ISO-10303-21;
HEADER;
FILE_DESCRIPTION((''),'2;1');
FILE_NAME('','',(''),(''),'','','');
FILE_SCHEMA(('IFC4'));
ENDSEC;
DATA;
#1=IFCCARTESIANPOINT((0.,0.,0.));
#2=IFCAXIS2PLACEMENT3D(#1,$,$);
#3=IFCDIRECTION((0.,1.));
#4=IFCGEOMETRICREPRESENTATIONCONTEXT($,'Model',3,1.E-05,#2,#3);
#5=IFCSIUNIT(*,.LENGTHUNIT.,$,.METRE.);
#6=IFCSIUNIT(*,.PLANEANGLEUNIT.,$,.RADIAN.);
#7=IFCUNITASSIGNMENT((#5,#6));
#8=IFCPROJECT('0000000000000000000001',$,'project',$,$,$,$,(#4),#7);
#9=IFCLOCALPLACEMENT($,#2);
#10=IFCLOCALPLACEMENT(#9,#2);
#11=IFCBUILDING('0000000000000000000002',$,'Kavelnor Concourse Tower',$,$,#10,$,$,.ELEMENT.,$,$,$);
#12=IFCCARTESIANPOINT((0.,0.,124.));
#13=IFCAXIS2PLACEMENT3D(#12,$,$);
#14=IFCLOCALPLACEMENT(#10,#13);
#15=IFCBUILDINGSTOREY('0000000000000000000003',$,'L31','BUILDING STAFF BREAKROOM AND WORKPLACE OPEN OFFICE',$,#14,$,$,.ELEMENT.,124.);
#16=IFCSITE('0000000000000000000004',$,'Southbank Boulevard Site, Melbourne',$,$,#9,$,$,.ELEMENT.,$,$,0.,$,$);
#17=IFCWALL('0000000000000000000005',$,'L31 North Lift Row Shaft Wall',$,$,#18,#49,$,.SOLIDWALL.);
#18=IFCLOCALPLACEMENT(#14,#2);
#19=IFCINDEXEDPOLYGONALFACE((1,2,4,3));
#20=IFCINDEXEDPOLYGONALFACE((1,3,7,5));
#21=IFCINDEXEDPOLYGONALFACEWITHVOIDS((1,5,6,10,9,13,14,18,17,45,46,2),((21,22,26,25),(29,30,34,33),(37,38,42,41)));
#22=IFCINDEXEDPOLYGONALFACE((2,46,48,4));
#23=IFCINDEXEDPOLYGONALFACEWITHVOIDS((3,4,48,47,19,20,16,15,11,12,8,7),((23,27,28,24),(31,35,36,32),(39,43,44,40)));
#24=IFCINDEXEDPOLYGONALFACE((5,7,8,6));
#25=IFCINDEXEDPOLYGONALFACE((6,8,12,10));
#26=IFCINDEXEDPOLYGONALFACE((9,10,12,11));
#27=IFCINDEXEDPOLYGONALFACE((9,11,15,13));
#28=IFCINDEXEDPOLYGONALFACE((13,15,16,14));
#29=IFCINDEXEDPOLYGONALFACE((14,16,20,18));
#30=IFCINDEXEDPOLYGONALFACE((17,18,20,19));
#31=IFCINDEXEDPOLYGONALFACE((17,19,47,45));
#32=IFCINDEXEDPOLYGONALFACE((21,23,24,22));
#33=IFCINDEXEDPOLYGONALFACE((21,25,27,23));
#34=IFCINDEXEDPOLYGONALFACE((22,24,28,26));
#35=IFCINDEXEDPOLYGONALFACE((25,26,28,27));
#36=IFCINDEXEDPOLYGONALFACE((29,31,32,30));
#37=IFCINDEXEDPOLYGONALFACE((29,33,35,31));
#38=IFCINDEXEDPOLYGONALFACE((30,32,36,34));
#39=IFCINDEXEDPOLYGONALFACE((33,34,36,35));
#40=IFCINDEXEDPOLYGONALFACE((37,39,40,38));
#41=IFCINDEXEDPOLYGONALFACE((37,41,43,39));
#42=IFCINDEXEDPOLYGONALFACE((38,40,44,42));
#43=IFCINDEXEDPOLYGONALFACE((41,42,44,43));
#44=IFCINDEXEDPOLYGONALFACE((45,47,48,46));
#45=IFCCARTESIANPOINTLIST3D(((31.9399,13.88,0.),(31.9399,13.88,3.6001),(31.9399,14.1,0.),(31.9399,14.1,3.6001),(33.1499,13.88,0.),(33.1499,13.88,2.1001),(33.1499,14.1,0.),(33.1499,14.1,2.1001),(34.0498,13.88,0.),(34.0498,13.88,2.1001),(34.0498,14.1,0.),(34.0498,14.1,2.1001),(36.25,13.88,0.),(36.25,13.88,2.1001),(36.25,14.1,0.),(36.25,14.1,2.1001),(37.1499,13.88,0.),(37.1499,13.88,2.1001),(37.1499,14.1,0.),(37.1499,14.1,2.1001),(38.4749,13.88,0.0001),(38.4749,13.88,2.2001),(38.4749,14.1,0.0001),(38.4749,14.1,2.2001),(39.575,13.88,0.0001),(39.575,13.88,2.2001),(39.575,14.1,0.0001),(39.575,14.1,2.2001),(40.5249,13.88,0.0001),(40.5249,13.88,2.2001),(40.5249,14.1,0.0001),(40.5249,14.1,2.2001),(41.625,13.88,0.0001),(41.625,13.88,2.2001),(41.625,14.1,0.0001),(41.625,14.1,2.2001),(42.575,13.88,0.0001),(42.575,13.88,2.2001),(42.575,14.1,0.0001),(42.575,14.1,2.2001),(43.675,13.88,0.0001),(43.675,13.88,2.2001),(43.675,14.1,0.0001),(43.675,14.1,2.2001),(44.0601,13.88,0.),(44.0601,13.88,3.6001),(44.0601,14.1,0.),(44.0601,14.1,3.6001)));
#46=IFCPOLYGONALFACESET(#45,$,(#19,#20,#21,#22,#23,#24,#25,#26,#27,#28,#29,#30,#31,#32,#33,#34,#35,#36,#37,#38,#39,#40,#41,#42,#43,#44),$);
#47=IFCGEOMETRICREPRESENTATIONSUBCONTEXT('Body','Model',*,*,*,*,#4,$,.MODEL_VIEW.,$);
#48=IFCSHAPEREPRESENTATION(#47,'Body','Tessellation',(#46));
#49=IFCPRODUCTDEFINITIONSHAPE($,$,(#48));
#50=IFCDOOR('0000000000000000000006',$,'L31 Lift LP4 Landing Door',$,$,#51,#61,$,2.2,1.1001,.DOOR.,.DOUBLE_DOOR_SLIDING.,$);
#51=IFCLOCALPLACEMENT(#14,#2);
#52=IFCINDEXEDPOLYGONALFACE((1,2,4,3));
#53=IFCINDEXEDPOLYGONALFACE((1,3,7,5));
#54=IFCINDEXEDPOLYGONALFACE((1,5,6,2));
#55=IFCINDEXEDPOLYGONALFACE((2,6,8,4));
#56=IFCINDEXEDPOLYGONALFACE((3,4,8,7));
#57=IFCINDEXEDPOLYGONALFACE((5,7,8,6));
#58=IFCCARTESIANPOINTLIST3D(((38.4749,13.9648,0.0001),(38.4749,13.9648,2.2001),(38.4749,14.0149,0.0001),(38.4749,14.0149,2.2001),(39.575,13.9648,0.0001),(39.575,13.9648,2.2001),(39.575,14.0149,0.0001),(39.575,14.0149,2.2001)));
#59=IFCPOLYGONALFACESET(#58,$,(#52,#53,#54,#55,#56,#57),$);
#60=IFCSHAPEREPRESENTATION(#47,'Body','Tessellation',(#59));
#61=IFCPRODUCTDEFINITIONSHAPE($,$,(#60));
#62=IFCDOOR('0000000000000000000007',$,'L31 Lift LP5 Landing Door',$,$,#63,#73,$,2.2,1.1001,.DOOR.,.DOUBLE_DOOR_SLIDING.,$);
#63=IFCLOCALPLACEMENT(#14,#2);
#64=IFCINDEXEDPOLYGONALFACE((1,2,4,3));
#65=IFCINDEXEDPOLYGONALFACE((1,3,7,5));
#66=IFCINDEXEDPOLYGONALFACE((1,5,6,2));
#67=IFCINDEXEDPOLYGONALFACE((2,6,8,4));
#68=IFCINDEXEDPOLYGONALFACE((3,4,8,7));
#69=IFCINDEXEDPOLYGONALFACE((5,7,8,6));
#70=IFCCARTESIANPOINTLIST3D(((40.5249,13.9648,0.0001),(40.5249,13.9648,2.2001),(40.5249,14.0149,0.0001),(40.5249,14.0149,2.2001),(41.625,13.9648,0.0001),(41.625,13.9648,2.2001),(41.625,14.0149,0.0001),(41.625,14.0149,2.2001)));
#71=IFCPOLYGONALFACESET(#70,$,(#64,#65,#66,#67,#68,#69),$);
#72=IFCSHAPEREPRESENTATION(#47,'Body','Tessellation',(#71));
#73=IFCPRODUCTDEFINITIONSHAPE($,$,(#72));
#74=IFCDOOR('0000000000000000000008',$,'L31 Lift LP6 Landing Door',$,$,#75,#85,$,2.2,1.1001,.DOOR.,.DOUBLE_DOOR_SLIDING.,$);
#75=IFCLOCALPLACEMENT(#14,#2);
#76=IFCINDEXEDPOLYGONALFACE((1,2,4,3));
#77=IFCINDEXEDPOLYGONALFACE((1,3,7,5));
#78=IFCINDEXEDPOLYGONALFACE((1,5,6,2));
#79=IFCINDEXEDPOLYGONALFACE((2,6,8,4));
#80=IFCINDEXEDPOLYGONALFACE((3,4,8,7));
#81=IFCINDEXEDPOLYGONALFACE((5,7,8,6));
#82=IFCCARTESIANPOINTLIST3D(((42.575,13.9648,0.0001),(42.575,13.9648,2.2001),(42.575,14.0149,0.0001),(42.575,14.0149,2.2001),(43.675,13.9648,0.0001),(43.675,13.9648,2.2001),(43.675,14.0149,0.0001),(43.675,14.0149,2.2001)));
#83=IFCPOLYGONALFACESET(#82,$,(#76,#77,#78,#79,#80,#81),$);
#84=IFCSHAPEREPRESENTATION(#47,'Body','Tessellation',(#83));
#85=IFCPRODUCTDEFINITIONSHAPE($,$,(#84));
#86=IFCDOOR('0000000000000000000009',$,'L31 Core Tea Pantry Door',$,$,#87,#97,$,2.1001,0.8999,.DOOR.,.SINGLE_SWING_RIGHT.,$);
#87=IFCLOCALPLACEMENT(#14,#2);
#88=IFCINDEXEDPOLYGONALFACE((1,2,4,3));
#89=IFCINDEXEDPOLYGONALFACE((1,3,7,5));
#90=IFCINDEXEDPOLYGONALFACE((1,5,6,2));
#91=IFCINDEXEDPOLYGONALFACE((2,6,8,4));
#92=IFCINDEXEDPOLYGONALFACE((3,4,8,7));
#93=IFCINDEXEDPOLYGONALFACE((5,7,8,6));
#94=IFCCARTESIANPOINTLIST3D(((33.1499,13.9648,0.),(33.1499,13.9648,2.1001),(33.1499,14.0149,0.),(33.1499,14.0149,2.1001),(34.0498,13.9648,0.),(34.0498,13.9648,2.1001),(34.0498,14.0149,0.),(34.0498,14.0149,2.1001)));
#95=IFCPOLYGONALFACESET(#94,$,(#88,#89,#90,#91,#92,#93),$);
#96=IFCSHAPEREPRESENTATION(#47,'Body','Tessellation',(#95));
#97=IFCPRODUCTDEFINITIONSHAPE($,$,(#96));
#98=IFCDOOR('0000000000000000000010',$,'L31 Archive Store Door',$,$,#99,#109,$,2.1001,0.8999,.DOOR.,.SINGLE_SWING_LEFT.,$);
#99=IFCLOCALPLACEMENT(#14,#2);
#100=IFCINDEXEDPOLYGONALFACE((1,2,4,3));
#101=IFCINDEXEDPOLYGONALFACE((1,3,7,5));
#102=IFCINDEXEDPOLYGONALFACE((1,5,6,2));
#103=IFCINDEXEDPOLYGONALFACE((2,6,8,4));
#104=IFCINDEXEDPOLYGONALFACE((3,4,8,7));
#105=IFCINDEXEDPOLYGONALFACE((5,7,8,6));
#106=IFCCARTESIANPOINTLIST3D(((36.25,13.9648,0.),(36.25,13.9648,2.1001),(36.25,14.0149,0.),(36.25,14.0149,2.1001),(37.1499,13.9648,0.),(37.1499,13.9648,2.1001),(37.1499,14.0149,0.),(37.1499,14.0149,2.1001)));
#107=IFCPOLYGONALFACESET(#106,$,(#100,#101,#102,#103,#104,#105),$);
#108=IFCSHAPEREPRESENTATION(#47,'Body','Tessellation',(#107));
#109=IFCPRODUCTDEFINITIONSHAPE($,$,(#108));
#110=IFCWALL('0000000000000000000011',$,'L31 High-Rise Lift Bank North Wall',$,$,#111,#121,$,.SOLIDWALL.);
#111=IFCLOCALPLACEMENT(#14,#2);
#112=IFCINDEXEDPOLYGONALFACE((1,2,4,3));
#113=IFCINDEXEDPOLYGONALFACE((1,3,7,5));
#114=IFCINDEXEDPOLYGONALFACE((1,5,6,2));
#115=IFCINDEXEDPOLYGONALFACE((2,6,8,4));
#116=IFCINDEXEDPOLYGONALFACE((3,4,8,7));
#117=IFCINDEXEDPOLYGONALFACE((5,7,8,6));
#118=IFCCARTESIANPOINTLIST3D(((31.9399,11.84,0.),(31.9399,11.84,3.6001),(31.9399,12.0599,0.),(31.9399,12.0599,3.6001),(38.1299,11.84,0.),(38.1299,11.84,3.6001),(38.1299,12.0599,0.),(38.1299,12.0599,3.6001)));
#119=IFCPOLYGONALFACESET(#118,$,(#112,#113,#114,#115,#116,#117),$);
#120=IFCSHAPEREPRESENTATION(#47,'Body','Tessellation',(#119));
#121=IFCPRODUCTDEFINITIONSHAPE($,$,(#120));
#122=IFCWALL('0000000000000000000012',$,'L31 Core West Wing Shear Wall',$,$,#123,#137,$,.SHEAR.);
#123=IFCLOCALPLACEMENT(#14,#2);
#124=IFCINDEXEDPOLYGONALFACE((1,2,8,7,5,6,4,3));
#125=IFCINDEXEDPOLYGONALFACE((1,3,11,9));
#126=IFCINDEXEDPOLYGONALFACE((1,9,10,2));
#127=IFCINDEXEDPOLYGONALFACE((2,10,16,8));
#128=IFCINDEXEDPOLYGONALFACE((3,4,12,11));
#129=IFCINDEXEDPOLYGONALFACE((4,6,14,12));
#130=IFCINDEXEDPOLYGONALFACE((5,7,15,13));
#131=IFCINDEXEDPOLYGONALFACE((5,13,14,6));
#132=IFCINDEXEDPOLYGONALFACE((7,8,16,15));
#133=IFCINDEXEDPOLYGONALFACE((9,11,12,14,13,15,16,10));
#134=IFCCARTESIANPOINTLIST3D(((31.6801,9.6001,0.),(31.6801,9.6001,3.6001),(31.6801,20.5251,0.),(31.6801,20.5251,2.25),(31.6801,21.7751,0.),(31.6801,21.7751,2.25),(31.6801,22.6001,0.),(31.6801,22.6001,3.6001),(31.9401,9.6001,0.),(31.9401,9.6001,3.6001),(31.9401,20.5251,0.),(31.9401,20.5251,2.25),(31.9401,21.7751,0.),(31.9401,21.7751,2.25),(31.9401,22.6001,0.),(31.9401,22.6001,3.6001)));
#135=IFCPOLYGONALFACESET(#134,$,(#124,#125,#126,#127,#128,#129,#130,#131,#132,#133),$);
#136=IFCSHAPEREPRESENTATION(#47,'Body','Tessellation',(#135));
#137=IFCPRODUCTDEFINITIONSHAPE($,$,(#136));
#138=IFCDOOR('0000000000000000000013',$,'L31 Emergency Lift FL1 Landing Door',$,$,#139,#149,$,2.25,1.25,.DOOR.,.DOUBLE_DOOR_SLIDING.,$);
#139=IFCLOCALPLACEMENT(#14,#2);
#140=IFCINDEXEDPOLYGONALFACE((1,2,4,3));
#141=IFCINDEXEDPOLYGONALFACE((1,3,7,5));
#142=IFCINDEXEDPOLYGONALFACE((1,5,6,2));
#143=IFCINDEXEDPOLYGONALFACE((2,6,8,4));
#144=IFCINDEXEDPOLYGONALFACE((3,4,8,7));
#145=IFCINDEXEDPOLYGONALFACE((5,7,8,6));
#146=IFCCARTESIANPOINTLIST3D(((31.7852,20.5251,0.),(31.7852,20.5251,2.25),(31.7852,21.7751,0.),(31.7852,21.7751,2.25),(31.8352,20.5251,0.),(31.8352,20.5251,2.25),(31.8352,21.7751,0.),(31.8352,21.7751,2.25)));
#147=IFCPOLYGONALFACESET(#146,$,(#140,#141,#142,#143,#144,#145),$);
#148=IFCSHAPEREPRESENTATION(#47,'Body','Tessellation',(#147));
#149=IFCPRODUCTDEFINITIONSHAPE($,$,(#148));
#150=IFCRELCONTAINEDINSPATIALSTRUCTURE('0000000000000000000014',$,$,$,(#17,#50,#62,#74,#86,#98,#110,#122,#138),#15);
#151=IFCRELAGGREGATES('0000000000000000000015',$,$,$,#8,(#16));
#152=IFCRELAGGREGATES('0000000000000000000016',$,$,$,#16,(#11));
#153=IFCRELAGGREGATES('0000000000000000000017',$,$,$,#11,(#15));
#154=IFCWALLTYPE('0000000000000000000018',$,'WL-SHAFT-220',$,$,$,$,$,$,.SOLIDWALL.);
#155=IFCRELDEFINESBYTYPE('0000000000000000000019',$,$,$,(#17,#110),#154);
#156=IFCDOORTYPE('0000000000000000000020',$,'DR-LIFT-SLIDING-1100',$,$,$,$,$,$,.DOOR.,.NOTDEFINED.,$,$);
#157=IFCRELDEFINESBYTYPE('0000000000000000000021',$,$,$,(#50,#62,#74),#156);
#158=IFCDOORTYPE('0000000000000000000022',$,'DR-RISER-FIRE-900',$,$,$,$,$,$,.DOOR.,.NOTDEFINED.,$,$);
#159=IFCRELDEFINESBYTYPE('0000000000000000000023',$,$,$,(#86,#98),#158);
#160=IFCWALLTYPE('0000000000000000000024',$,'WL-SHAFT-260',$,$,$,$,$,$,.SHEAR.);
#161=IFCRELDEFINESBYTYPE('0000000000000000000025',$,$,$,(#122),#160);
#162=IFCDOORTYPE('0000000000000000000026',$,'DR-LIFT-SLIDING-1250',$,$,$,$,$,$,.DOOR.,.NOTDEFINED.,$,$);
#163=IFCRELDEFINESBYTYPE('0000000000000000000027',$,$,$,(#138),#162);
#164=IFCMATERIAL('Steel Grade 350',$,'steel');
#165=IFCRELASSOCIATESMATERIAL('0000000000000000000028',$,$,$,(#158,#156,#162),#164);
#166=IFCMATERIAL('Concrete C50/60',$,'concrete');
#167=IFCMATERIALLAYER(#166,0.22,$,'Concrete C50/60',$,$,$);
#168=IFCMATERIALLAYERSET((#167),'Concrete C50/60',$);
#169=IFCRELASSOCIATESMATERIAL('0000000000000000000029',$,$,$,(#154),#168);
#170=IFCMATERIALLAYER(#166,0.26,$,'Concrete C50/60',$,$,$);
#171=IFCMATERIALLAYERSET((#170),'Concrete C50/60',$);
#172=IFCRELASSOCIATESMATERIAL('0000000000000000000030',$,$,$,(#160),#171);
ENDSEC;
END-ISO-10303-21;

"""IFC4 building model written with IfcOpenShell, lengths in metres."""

from ifc_helpers import new_model, si_unit, direction, frame, frame_2d, origin, place, context, subcontext, project, spatial, rectangle, extrude, material, layer, layer_set, type_object, element, fill, save


model = new_model("IFC4")

# Units and contexts
model_context = context("Model", 3, precision=1e-05, world=origin(), true_north=direction((0.0, 1.0)))
body_context = subcontext(model_context, "Body", "Model", "MODEL_VIEW")
ifc_project = project(units=[si_unit("LENGTHUNIT", "METRE"), si_unit("PLANEANGLEUNIT", "RADIAN")], contexts=[model_context])

# Site, building, storey
site_placement = place(None, origin())
site = spatial("IfcSite", under=ifc_project, at=site_placement, Name="Southbank Boulevard Site, Melbourne", CompositionType="ELEMENT", RefElevation=0.0)
building_placement = place(site_placement, origin())
building = spatial("IfcBuilding", under=site, at=building_placement, Name="Kavelnor Concourse Tower", CompositionType="ELEMENT")
storey_placement = place(building_placement, frame((0.0, 0.0, 124.0)))
storey = spatial("IfcBuildingStorey", under=building, at=storey_placement, Name="L31", Description="BUILDING STAFF BREAKROOM AND WORKPLACE OPEN OFFICE", CompositionType="ELEMENT", Elevation=124.0)

# Shared definitions
ifc_material_1 = material(Name="Steel Grade 350", Category="steel")

# Shared definitions
door_type_1 = type_object("IfcDoorType", Name="DR-RISER-FIRE-900", OperationType="NOTDEFINED", PredefinedType="DOOR", material=ifc_material_1)

# Wall, openings, doors
ifc_material_2 = material(Name="Concrete C50/60", Category="concrete")
ifc_layer_1 = layer(ifc_material_2, 0.22, Name="Concrete C50/60")
ifc_layer_set_1 = layer_set([ifc_layer_1], Name="Concrete C50/60")
wall_type_1 = type_object("IfcWallType", Name="WL-SHAFT-220", PredefinedType="SOLIDWALL", material=ifc_layer_set_1)
wall_1_placement = place(storey_placement, frame((31.9399, 13.99, 0.0), z_axis=(0.0, 0.0, 1.0), x_axis=(1.0, 0.0, 0.0)))
wall_1 = element("IfcWall", 1, at=wall_1_placement, inside=storey, type_object=wall_type_1, Name="L31 North Lift Row Shaft Wall", PredefinedType="SOLIDWALL", context=body_context, shape_type="SweptSolid", body=[
    extrude(rectangle(XDim=12.1201, YDim=0.22, at=frame_2d((6.0601, 0.0))), origin(), (0.0, 0.0, 1.0), 3.6001),
])
opening_1_placement = place(wall_1_placement, frame((1.21, 0.0, 0.0)))
opening_1 = element("IfcOpeningElement", 2, at=opening_1_placement, cuts=wall_1, PredefinedType="OPENING", context=body_context, shape_type="SweptSolid", body=[
    extrude(rectangle(XDim=0.8999, YDim=2.1001, at=frame_2d((0.45, 1.05))), frame((0.0, 0.1201, 0.0), z_axis=(0.0, -1.0, 0.0), x_axis=(1.0, 0.0, 0.0)), (0.0, 0.0, 1.0), 0.24),
])
opening_2_placement = place(wall_1_placement, frame((4.3101, 0.0, 0.0)))
opening_2 = element("IfcOpeningElement", 3, at=opening_2_placement, cuts=wall_1, PredefinedType="OPENING", context=body_context, shape_type="SweptSolid", body=[
    extrude(rectangle(XDim=0.8999, YDim=2.1001, at=frame_2d((0.45, 1.05))), frame((0.0, 0.1201, 0.0), z_axis=(0.0, -1.0, 0.0), x_axis=(1.0, 0.0, 0.0)), (0.0, 0.0, 1.0), 0.24),
])
opening_3_placement = place(wall_1_placement, frame((6.5349, 0.0, 0.0)))
opening_3 = element("IfcOpeningElement", 4, at=opening_3_placement, cuts=wall_1, PredefinedType="OPENING", context=body_context, shape_type="SweptSolid", body=[
    extrude(rectangle(XDim=1.1001, YDim=2.2, at=frame_2d((0.55, 1.1001))), frame((0.0, 0.1201, 0.0), z_axis=(0.0, -1.0, 0.0), x_axis=(1.0, 0.0, 0.0)), (0.0, 0.0, 1.0), 0.24),
])
opening_4_placement = place(wall_1_placement, frame((8.585, 0.0, 0.0)))
opening_4 = element("IfcOpeningElement", 5, at=opening_4_placement, cuts=wall_1, PredefinedType="OPENING", context=body_context, shape_type="SweptSolid", body=[
    extrude(rectangle(XDim=1.1001, YDim=2.2, at=frame_2d((0.55, 1.1001))), frame((0.0, 0.1201, 0.0), z_axis=(0.0, -1.0, 0.0), x_axis=(1.0, 0.0, 0.0)), (0.0, 0.0, 1.0), 0.24),
])
opening_5_placement = place(wall_1_placement, frame((10.635, 0.0, 0.0)))
opening_5 = element("IfcOpeningElement", 6, at=opening_5_placement, cuts=wall_1, PredefinedType="OPENING", context=body_context, shape_type="SweptSolid", body=[
    extrude(rectangle(XDim=1.1001, YDim=2.2, at=frame_2d((0.55, 1.1001))), frame((0.0, 0.1201, 0.0), z_axis=(0.0, -1.0, 0.0), x_axis=(1.0, 0.0, 0.0)), (0.0, 0.0, 1.0), 0.24),
])
door_type_2 = type_object("IfcDoorType", Name="DR-LIFT-SLIDING-1100", OperationType="NOTDEFINED", PredefinedType="DOOR", material=ifc_material_1)
door_1_placement = place(opening_3_placement, origin())
door_1 = element("IfcDoor", 7, at=door_1_placement, inside=storey, type_object=door_type_2, Name="L31 Lift LP4 Landing Door", OperationType="DOUBLE_DOOR_SLIDING", OverallHeight=2.2, OverallWidth=1.1001, PredefinedType="DOOR", context=body_context, shape_type="SweptSolid", body=[
    extrude(rectangle(XDim=1.1001, YDim=2.2, at=frame_2d((0.55, 1.1001))), frame((0.0, 0.0249, 0.0), z_axis=(0.0, -1.0, 0.0), x_axis=(1.0, 0.0, 0.0)), (0.0, 0.0, 1.0), 0.05),
])
fill(opening_3, door_1)
door_2_placement = place(opening_4_placement, origin())
door_2 = element("IfcDoor", 8, at=door_2_placement, inside=storey, type_object=door_type_2, Name="L31 Lift LP5 Landing Door", OperationType="DOUBLE_DOOR_SLIDING", OverallHeight=2.2, OverallWidth=1.1001, PredefinedType="DOOR", context=body_context, shape_type="SweptSolid", body=[
    extrude(rectangle(XDim=1.1001, YDim=2.2, at=frame_2d((0.55, 1.1001))), frame((0.0, 0.0249, 0.0), z_axis=(0.0, -1.0, 0.0), x_axis=(1.0, 0.0, 0.0)), (0.0, 0.0, 1.0), 0.05),
])
fill(opening_4, door_2)
door_3_placement = place(opening_5_placement, origin())
door_3 = element("IfcDoor", 9, at=door_3_placement, inside=storey, type_object=door_type_2, Name="L31 Lift LP6 Landing Door", OperationType="DOUBLE_DOOR_SLIDING", OverallHeight=2.2, OverallWidth=1.1001, PredefinedType="DOOR", context=body_context, shape_type="SweptSolid", body=[
    extrude(rectangle(XDim=1.1001, YDim=2.2, at=frame_2d((0.55, 1.1001))), frame((0.0, 0.0249, 0.0), z_axis=(0.0, -1.0, 0.0), x_axis=(1.0, 0.0, 0.0)), (0.0, 0.0, 1.0), 0.05),
])
fill(opening_5, door_3)
door_4_placement = place(opening_1_placement, origin())
door_4 = element("IfcDoor", 10, at=door_4_placement, inside=storey, type_object=door_type_1, Name="L31 Core Tea Pantry Door", OperationType="SINGLE_SWING_RIGHT", OverallHeight=2.1001, OverallWidth=0.8999, PredefinedType="DOOR", context=body_context, shape_type="SweptSolid", body=[
    extrude(rectangle(XDim=0.8999, YDim=2.1001, at=frame_2d((0.45, 1.05))), frame((0.0, 0.0249, 0.0), z_axis=(0.0, -1.0, 0.0), x_axis=(1.0, 0.0, 0.0)), (0.0, 0.0, 1.0), 0.05),
])
fill(opening_1, door_4)
door_5_placement = place(opening_2_placement, origin())
door_5 = element("IfcDoor", 11, at=door_5_placement, inside=storey, type_object=door_type_1, Name="L31 Archive Store Door", OperationType="SINGLE_SWING_LEFT", OverallHeight=2.1001, OverallWidth=0.8999, PredefinedType="DOOR", context=body_context, shape_type="SweptSolid", body=[
    extrude(rectangle(XDim=0.8999, YDim=2.1001, at=frame_2d((0.45, 1.05))), frame((0.0, 0.0249, 0.0), z_axis=(0.0, -1.0, 0.0), x_axis=(1.0, 0.0, 0.0)), (0.0, 0.0, 1.0), 0.05),
])
fill(opening_2, door_5)

# Wall
wall_2_placement = place(storey_placement, frame((31.9399, 11.95, 0.0), z_axis=(0.0, 0.0, 1.0), x_axis=(1.0, 0.0, 0.0)))
element("IfcWall", 12, at=wall_2_placement, inside=storey, type_object=wall_type_1, Name="L31 High-Rise Lift Bank North Wall", PredefinedType="SOLIDWALL", context=body_context, shape_type="SweptSolid", body=[
    extrude(rectangle(XDim=6.1899, YDim=0.22, at=frame_2d((3.095, 0.0))), origin(), (0.0, 0.0, 1.0), 3.6001),
])

# Wall, opening, door
ifc_layer_2 = layer(ifc_material_2, 0.26, Name="Concrete C50/60")
ifc_layer_set_2 = layer_set([ifc_layer_2], Name="Concrete C50/60")
wall_type_2 = type_object("IfcWallType", Name="WL-SHAFT-260", PredefinedType="SHEAR", material=ifc_layer_set_2)
wall_3_placement = place(storey_placement, frame((31.8101, 9.6001, 0.0), z_axis=(0.0, 0.0, 1.0), x_axis=(0.0, 1.0, 0.0)))
wall_3 = element("IfcWall", 13, at=wall_3_placement, inside=storey, type_object=wall_type_2, Name="L31 Core West Wing Shear Wall", PredefinedType="SHEAR", context=body_context, shape_type="SweptSolid", body=[
    extrude(rectangle(XDim=13.0, YDim=0.26, at=frame_2d((6.5, 0.0))), origin(), (0.0, 0.0, 1.0), 3.6001),
])
opening_6_placement = place(wall_3_placement, frame((10.925, 0.0, 0.0)))
opening_6 = element("IfcOpeningElement", 14, at=opening_6_placement, cuts=wall_3, PredefinedType="OPENING", context=body_context, shape_type="SweptSolid", body=[
    extrude(rectangle(XDim=1.25, YDim=2.25, at=frame_2d((0.625, 1.125))), frame((0.0, 0.1401, 0.0), z_axis=(0.0, -1.0, 0.0), x_axis=(1.0, 0.0, 0.0)), (0.0, 0.0, 1.0), 0.28),
])
door_type_3 = type_object("IfcDoorType", Name="DR-LIFT-SLIDING-1250", OperationType="NOTDEFINED", PredefinedType="DOOR", material=ifc_material_1)
door_6_placement = place(opening_6_placement, origin())
door_6 = element("IfcDoor", 15, at=door_6_placement, inside=storey, type_object=door_type_3, Name="L31 Emergency Lift FL1 Landing Door", OperationType="DOUBLE_DOOR_SLIDING", OverallHeight=2.25, OverallWidth=1.25, PredefinedType="DOOR", context=body_context, shape_type="SweptSolid", body=[
    extrude(rectangle(XDim=1.25, YDim=2.25, at=frame_2d((0.625, 1.125))), frame((0.0, 0.0249, 0.0), z_axis=(0.0, -1.0, 0.0), x_axis=(1.0, 0.0, 0.0)), (0.0, 0.0, 1.0), 0.05),
])
fill(opening_6, door_6)

save(model, "model.ifc")
